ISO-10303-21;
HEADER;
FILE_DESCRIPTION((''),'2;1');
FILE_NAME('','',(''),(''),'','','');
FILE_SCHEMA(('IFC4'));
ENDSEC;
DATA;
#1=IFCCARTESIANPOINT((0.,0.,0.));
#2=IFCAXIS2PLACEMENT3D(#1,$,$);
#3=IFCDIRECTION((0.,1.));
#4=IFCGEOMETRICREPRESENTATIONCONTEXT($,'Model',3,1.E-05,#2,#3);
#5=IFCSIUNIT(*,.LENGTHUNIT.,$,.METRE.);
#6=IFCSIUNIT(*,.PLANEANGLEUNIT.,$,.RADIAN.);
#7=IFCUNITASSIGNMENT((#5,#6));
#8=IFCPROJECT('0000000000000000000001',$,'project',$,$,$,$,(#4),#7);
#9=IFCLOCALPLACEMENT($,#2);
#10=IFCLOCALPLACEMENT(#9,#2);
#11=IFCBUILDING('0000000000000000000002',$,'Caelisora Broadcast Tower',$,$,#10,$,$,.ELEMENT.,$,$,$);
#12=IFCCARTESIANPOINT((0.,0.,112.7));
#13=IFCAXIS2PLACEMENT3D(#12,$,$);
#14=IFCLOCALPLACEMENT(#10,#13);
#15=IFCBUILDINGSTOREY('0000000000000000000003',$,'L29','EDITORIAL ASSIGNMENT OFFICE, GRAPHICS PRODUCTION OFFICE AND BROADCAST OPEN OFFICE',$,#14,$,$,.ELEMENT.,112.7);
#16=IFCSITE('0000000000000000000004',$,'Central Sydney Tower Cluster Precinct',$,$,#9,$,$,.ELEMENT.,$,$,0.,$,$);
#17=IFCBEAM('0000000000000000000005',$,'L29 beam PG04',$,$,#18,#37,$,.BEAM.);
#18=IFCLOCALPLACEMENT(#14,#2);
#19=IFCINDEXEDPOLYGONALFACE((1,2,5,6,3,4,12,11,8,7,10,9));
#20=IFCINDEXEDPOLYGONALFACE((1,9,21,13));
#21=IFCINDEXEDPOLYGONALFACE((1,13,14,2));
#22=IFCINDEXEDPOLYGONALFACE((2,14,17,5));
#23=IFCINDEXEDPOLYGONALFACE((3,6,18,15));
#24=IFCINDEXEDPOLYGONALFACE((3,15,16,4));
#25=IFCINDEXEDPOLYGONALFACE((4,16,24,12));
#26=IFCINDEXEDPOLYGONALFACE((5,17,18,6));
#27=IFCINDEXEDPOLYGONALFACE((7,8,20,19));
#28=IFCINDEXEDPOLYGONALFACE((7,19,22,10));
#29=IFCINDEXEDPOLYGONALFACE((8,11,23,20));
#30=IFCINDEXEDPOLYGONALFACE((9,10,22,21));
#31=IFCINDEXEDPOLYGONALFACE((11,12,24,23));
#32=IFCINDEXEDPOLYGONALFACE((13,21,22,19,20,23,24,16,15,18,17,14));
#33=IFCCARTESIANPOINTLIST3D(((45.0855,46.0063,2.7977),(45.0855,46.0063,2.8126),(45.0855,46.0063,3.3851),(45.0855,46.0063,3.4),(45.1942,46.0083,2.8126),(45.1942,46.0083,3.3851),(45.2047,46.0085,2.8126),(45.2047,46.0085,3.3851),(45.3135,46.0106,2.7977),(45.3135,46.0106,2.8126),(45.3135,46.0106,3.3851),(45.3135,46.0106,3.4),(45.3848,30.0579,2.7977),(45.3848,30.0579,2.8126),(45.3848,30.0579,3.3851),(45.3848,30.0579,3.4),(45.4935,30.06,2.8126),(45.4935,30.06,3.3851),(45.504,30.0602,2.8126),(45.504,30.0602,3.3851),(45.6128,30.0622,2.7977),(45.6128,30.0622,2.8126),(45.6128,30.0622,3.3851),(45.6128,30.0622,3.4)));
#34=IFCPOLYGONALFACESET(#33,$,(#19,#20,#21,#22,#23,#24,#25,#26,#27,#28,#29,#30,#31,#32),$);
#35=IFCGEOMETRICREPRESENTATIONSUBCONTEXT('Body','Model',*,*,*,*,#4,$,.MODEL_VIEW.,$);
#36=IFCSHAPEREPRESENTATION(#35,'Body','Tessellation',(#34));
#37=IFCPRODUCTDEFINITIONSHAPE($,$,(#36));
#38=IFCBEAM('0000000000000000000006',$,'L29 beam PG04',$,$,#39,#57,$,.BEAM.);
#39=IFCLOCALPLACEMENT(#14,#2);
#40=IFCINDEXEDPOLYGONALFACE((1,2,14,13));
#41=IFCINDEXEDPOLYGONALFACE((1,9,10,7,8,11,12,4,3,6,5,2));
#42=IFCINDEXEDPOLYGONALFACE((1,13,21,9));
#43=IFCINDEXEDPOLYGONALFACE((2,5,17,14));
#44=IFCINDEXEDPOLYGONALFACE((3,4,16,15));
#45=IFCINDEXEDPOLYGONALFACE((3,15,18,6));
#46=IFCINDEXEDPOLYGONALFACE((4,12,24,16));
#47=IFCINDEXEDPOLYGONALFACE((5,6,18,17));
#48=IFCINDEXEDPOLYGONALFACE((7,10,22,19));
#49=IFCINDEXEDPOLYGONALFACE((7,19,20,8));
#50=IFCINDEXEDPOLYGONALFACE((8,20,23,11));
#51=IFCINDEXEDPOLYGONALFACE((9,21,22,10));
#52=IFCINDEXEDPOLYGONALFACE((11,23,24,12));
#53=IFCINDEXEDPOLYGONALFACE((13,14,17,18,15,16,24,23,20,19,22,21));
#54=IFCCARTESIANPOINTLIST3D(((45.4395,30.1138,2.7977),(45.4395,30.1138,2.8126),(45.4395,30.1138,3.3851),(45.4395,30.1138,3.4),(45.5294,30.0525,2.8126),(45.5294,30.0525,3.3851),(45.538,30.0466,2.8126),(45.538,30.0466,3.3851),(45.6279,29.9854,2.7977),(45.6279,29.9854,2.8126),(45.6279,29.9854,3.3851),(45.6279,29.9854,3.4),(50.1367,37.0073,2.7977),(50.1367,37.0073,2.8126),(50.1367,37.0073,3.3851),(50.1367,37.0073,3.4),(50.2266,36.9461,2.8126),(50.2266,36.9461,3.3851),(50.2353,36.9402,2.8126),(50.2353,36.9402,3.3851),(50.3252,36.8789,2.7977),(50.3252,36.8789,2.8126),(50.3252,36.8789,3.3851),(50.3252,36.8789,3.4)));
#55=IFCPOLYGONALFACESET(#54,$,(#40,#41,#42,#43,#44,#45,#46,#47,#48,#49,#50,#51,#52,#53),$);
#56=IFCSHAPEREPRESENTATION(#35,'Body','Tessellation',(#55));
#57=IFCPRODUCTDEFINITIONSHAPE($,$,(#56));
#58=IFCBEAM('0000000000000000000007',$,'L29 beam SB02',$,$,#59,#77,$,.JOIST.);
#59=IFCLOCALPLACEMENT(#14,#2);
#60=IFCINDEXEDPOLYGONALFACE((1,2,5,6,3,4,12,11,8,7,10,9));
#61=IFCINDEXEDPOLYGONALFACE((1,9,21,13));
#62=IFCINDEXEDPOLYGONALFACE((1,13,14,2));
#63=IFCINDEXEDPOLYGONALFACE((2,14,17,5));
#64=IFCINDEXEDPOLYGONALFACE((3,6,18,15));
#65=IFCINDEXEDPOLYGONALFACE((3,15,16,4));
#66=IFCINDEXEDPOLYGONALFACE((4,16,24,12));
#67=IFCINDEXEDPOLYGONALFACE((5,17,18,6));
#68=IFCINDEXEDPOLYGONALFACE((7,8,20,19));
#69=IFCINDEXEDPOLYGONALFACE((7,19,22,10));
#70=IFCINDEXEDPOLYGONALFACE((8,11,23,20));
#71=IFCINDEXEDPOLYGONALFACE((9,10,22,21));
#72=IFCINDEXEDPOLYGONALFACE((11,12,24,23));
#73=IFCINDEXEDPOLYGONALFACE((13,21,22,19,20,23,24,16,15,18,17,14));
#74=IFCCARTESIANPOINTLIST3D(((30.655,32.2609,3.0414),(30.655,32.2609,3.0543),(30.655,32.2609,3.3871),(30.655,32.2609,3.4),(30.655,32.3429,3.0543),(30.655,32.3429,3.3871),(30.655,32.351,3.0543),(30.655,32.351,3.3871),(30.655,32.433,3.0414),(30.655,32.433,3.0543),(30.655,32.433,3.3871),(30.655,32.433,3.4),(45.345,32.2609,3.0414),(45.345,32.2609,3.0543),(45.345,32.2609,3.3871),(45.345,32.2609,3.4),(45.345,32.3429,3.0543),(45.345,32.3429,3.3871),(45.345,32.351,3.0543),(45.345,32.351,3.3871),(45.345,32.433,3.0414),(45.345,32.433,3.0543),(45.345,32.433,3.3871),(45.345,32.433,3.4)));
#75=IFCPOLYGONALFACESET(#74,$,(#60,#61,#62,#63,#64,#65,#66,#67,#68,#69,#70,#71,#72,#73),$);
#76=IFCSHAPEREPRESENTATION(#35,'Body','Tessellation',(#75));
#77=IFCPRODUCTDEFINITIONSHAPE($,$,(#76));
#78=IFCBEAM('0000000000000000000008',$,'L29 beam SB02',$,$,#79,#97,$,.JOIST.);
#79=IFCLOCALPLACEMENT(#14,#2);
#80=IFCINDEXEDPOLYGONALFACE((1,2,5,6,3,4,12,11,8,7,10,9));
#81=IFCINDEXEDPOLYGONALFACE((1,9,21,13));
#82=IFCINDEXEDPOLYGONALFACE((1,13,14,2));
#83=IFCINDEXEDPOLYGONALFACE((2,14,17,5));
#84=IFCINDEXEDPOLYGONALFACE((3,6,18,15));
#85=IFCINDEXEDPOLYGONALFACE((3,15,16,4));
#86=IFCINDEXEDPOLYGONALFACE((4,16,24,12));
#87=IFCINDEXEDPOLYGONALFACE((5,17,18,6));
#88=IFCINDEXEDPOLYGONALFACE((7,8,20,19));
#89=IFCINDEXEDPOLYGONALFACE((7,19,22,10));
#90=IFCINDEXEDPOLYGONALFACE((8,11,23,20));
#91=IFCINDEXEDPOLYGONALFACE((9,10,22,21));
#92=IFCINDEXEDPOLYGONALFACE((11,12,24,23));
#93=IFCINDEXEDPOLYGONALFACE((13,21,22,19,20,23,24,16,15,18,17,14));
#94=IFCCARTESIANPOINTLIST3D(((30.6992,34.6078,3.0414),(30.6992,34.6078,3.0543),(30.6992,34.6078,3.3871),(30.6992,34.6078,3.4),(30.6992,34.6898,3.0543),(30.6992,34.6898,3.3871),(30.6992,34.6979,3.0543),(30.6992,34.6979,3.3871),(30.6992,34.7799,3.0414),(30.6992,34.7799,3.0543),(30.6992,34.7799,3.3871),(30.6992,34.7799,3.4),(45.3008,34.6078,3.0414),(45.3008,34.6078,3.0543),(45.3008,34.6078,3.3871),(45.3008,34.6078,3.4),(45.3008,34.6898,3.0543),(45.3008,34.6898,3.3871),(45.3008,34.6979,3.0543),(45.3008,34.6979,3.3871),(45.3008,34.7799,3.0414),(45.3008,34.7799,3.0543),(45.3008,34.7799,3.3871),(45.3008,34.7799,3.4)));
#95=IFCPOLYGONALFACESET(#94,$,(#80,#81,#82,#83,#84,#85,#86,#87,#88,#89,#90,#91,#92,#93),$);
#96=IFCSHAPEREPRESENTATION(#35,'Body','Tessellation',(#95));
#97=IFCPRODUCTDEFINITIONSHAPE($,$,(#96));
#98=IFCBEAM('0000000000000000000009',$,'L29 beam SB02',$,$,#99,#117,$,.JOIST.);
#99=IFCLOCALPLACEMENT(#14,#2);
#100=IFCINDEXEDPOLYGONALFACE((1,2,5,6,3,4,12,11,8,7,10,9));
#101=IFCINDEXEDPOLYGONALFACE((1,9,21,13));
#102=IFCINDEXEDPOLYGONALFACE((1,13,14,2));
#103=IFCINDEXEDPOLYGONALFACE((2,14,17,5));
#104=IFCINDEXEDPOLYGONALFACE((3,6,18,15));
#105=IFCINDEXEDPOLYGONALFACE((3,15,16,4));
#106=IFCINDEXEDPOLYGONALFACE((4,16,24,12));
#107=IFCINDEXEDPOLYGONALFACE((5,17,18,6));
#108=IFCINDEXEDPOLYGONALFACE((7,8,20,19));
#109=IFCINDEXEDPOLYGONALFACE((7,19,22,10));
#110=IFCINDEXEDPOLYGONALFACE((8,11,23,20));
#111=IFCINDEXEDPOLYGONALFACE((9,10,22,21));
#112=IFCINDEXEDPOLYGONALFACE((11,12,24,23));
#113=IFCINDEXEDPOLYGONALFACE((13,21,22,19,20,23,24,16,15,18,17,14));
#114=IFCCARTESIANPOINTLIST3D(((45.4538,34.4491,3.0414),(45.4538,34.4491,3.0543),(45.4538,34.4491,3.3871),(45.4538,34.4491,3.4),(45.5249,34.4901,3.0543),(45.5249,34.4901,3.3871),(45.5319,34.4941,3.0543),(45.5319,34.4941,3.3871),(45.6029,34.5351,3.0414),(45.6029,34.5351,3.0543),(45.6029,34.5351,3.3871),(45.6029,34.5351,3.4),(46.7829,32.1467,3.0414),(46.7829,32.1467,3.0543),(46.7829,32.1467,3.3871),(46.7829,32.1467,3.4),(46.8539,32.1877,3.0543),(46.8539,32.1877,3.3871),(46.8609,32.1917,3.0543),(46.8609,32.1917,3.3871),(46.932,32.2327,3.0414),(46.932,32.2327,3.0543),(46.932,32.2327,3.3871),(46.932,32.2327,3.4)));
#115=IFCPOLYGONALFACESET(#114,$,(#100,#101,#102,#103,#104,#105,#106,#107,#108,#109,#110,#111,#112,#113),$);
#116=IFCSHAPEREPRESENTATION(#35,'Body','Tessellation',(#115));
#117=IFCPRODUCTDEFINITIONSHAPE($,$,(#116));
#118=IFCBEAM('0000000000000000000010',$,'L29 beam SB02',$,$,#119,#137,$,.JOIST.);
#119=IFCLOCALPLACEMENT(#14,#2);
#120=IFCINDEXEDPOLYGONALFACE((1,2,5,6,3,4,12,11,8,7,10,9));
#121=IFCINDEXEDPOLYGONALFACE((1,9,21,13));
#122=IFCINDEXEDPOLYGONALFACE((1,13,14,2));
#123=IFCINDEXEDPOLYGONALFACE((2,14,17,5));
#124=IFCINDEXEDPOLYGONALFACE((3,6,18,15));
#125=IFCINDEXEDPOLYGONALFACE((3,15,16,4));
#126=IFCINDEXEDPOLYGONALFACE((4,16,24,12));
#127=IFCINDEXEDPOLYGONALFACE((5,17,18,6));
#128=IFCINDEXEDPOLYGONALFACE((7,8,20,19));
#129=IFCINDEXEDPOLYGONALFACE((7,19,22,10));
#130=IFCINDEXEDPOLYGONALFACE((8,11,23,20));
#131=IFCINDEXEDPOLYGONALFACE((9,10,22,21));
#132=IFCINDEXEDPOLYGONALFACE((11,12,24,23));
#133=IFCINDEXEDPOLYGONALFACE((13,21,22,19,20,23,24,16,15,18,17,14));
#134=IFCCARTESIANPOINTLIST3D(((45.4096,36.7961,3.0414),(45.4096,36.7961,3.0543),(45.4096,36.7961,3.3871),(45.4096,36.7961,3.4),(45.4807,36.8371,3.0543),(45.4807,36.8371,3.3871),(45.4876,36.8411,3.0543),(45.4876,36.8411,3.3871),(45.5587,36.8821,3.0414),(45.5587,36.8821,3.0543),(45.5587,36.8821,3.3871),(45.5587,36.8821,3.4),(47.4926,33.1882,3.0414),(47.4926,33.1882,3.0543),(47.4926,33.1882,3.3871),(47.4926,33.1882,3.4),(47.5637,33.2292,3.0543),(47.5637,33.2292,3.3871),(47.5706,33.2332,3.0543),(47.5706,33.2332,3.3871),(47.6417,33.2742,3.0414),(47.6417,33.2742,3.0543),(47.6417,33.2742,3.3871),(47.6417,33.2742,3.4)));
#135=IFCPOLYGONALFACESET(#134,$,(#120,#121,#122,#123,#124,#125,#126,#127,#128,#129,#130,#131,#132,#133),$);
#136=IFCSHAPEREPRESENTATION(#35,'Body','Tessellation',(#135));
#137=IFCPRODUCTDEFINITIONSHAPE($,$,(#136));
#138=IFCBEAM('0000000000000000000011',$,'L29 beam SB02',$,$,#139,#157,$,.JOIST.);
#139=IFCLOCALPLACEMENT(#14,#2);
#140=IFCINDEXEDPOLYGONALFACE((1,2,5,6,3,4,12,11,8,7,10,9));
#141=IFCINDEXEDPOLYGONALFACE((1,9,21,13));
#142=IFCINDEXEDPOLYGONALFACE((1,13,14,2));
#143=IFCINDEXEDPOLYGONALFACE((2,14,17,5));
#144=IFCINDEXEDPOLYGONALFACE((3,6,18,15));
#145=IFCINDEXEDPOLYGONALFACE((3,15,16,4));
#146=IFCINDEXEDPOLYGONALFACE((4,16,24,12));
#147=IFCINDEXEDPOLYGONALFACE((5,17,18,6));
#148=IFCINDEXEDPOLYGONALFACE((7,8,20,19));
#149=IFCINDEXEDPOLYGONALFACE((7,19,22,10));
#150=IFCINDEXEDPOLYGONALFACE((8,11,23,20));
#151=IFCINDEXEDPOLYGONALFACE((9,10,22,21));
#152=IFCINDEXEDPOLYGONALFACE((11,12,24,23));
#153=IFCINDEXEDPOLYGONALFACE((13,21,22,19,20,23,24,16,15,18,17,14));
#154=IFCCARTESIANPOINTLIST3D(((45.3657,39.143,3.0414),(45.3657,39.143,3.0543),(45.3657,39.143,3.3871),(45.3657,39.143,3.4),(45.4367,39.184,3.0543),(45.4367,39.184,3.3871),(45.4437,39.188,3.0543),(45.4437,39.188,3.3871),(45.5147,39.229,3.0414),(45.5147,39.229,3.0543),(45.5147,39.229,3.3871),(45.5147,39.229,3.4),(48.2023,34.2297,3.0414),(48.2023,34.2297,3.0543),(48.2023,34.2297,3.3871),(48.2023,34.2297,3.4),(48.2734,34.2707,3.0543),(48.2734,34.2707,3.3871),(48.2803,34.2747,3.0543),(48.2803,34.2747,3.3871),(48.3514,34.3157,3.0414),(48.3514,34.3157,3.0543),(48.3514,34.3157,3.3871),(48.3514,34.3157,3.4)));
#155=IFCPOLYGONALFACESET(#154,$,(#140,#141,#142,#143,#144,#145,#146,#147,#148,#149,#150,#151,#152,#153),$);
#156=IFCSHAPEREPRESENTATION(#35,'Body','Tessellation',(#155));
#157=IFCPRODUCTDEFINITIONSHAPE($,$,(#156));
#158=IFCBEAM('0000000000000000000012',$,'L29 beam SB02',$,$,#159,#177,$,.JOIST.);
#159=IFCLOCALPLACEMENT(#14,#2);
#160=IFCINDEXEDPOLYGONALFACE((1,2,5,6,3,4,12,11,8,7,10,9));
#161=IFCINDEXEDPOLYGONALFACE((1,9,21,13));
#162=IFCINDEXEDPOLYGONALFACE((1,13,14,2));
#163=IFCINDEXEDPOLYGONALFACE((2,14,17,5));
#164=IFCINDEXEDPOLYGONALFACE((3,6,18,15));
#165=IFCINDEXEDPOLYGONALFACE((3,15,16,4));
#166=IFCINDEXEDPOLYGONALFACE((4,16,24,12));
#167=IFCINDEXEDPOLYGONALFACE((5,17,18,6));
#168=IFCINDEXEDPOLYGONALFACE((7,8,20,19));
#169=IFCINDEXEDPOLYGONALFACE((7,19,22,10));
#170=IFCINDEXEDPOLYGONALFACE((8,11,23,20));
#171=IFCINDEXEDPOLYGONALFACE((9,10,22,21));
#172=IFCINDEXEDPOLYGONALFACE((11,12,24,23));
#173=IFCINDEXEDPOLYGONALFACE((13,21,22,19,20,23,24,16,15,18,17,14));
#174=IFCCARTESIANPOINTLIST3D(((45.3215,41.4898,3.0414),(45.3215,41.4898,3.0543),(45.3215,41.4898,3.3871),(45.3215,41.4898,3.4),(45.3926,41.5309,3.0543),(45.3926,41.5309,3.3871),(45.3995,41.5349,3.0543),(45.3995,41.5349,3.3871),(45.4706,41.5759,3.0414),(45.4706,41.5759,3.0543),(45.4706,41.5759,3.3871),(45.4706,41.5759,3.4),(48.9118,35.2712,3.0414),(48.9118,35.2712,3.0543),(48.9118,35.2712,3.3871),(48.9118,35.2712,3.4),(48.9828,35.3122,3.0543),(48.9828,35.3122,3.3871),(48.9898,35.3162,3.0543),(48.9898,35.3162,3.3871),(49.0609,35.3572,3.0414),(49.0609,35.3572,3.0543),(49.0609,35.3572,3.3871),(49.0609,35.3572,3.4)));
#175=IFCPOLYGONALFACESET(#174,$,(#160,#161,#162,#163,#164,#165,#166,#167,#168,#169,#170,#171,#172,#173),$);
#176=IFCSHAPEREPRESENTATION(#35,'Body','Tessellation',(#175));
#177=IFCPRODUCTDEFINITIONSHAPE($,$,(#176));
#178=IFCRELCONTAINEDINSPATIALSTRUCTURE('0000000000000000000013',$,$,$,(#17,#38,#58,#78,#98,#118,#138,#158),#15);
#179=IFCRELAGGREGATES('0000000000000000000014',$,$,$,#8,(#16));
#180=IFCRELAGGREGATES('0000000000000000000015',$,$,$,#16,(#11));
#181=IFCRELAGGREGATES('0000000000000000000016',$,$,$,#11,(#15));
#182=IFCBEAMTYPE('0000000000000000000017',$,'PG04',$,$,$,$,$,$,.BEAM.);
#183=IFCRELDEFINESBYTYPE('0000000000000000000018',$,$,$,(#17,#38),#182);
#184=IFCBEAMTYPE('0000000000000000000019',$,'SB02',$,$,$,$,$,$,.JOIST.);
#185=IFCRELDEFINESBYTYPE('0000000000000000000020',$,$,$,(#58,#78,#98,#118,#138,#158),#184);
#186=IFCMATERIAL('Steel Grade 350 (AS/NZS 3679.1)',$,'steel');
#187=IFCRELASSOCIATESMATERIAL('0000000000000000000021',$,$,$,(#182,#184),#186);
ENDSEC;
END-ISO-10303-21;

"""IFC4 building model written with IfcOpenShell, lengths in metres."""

from ifc_helpers import new_model, si_unit, direction, frame, origin, origin_2d, place, context, subcontext, project, spatial, i_section, extrude, source, transform, mapped, material, material_profile, profile_set, type_object, type_shapes, element, save


model = new_model("IFC4")

# Units and contexts
model_context = context("Model", 3, precision=1e-05, world=origin(), true_north=direction((0.0, 1.0)))
body_context = subcontext(model_context, "Body", "Model", "MODEL_VIEW")
ifc_project = project(units=[si_unit("LENGTHUNIT", "METRE"), si_unit("PLANEANGLEUNIT", "RADIAN")], contexts=[model_context])

# Site, building, storey
site_placement = place(None, origin())
site = spatial("IfcSite", under=ifc_project, at=site_placement, Name="Central Sydney Tower Cluster Precinct", CompositionType="ELEMENT", RefElevation=0.0)
building_placement = place(site_placement, origin())
building = spatial("IfcBuilding", under=site, at=building_placement, Name="Caelisora Broadcast Tower", CompositionType="ELEMENT")
storey_placement = place(building_placement, frame((0.0, 0.0, 112.7)))
storey = spatial("IfcBuildingStorey", under=building, at=storey_placement, Name="L29", Description="EDITORIAL ASSIGNMENT OFFICE, GRAPHICS PRODUCTION OFFICE AND BROADCAST OPEN OFFICE", CompositionType="ELEMENT", Elevation=112.7)

# Beams
ifc_material_1 = material(Name="Steel Grade 350 (AS/NZS 3679.1)", Category="steel")
ifc_material_profile_1 = material_profile(ifc_material_1, i_section(OverallWidth=0.228, OverallDepth=0.6023, WebThickness=0.0105, FlangeThickness=0.0149, at=origin_2d()), Name="Steel Grade 350 (AS/NZS 3679.1)")
ifc_profile_set_1 = profile_set([ifc_material_profile_1], Name="Steel Grade 350 (AS/NZS 3679.1)")
beam_type_1 = type_object("IfcBeamType", Name="PG04", PredefinedType="BEAM", material=ifc_profile_set_1)
shared_shape_1 = source(origin(), body_context, "Body", "SweptSolid", [
    extrude(i_section(OverallWidth=0.228, OverallDepth=0.6023, WebThickness=0.0105, FlangeThickness=0.0149, at=origin_2d()), origin(), (0.0, 0.0, 1.0), 15.9512),
])
beam_1_placement = place(storey_placement, frame((45.4988, 30.0601, 3.0989), z_axis=(-0.018765, 0.999824, 0.0), x_axis=(-0.999824, -0.018765, 0.0)))
element("IfcBeam", 1, at=beam_1_placement, inside=storey, type_object=beam_type_1, Name="L29 beam PG04", PredefinedType="BEAM", context=body_context, shape_type="MappedRepresentation", body=[
    mapped(shared_shape_1, transform((0.0, 0.0, 0.0), scale=1.0)),
])
shared_shape_2 = source(origin(), body_context, "Body", "SweptSolid", [
    extrude(i_section(OverallWidth=0.228, OverallDepth=0.6023, WebThickness=0.0105, FlangeThickness=0.0149, at=origin_2d()), origin(), (0.0, 0.0, 1.0), 8.3418),
])
type_shapes(beam_type_1, [shared_shape_1, shared_shape_2])
beam_2_placement = place(storey_placement, frame((45.5337, 30.0496, 3.0989), z_axis=(0.563101, 0.826388, 0.0), x_axis=(-0.826388, 0.563101, 0.0)))
element("IfcBeam", 2, at=beam_2_placement, inside=storey, type_object=beam_type_1, Name="L29 beam PG04", PredefinedType="BEAM", context=body_context, shape_type="MappedRepresentation", body=[
    mapped(shared_shape_2, transform((0.0, 0.0, 0.0), scale=1.0)),
])
ifc_material_profile_2 = material_profile(ifc_material_1, i_section(OverallWidth=0.1721, OverallDepth=0.3586, WebThickness=0.0081, FlangeThickness=0.0129, at=origin_2d()), Name="Steel Grade 350 (AS/NZS 3679.1)")
ifc_profile_set_2 = profile_set([ifc_material_profile_2], Name="Steel Grade 350 (AS/NZS 3679.1)")
beam_type_2 = type_object("IfcBeamType", Name="SB02", PredefinedType="JOIST", material=ifc_profile_set_2)
shared_shape_3 = source(origin(), body_context, "Body", "SweptSolid", [
    extrude(i_section(OverallWidth=0.1721, OverallDepth=0.3586, WebThickness=0.0081, FlangeThickness=0.0129, at=origin_2d()), origin(), (0.0, 0.0, 1.0), 14.6899),
])
beam_3_placement = place(storey_placement, frame((45.345, 32.3469, 3.2207), z_axis=(-1.0, 0.0, 0.0), x_axis=(0.0, -1.0, 0.0)))
element("IfcBeam", 3, at=beam_3_placement, inside=storey, type_object=beam_type_2, Name="L29 beam SB02", PredefinedType="JOIST", context=body_context, shape_type="MappedRepresentation", body=[
    mapped(shared_shape_3, transform((0.0, 0.0, 0.0), scale=1.0)),
])
shared_shape_4 = source(origin(), body_context, "Body", "SweptSolid", [
    extrude(i_section(OverallWidth=0.1721, OverallDepth=0.3586, WebThickness=0.0081, FlangeThickness=0.0129, at=origin_2d()), origin(), (0.0, 0.0, 1.0), 14.6016),
])
beam_4_placement = place(storey_placement, frame((45.3008, 34.6938, 3.2207), z_axis=(-1.0, 0.0, 0.0), x_axis=(0.0, -1.0, 0.0)))
element("IfcBeam", 4, at=beam_4_placement, inside=storey, type_object=beam_type_2, Name="L29 beam SB02", PredefinedType="JOIST", context=body_context, shape_type="MappedRepresentation", body=[
    mapped(shared_shape_4, transform((0.0, 0.0, 0.0), scale=1.0)),
])
shared_shape_5 = source(origin(), body_context, "Body", "SweptSolid", [
    extrude(i_section(OverallWidth=0.1721, OverallDepth=0.3586, WebThickness=0.0081, FlangeThickness=0.0129, at=origin_2d()), origin(), (0.0, 0.0, 1.0), 2.6584),
])
beam_5_placement = place(storey_placement, frame((46.8574, 32.1897, 3.2207), z_axis=(-0.499932, 0.866065, 0.0), x_axis=(-0.866065, -0.499932, 0.0)))
element("IfcBeam", 5, at=beam_5_placement, inside=storey, type_object=beam_type_2, Name="L29 beam SB02", PredefinedType="JOIST", context=body_context, shape_type="MappedRepresentation", body=[
    mapped(shared_shape_5, transform((0.0, 0.0, 0.0), scale=1.0)),
])
shared_shape_6 = source(origin(), body_context, "Body", "SweptSolid", [
    extrude(i_section(OverallWidth=0.1721, OverallDepth=0.3586, WebThickness=0.0081, FlangeThickness=0.0129, at=origin_2d()), origin(), (0.0, 0.0, 1.0), 4.166),
])
beam_6_placement = place(storey_placement, frame((47.5671, 33.2312, 3.2207), z_axis=(-0.499996, 0.866027, 0.0), x_axis=(-0.866027, -0.499996, 0.0)))
element("IfcBeam", 6, at=beam_6_placement, inside=storey, type_object=beam_type_2, Name="L29 beam SB02", PredefinedType="JOIST", context=body_context, shape_type="MappedRepresentation", body=[
    mapped(shared_shape_6, transform((0.0, 0.0, 0.0), scale=1.0)),
])
shared_shape_7 = source(origin(), body_context, "Body", "SweptSolid", [
    extrude(i_section(OverallWidth=0.1721, OverallDepth=0.3586, WebThickness=0.0081, FlangeThickness=0.0129, at=origin_2d()), origin(), (0.0, 0.0, 1.0), 5.6733),
])
beam_7_placement = place(storey_placement, frame((48.2769, 34.2727, 3.2207), z_axis=(-0.499994, 0.866029, 0.0), x_axis=(-0.866029, -0.499994, 0.0)))
element("IfcBeam", 7, at=beam_7_placement, inside=storey, type_object=beam_type_2, Name="L29 beam SB02", PredefinedType="JOIST", context=body_context, shape_type="MappedRepresentation", body=[
    mapped(shared_shape_7, transform((0.0, 0.0, 0.0), scale=1.0)),
])
shared_shape_8 = source(origin(), body_context, "Body", "SweptSolid", [
    extrude(i_section(OverallWidth=0.1721, OverallDepth=0.3586, WebThickness=0.0081, FlangeThickness=0.0129, at=origin_2d()), origin(), (0.0, 0.0, 1.0), 7.1807),
])
beam_8_placement = place(storey_placement, frame((48.9863, 35.3142, 3.2207), z_axis=(-0.499993, 0.866029, 0.0), x_axis=(-0.866029, -0.499993, 0.0)))
element("IfcBeam", 8, at=beam_8_placement, inside=storey, type_object=beam_type_2, Name="L29 beam SB02", PredefinedType="JOIST", context=body_context, shape_type="MappedRepresentation", body=[
    mapped(shared_shape_8, transform((0.0, 0.0, 0.0), scale=1.0)),
])

save(model, "model.ifc")
